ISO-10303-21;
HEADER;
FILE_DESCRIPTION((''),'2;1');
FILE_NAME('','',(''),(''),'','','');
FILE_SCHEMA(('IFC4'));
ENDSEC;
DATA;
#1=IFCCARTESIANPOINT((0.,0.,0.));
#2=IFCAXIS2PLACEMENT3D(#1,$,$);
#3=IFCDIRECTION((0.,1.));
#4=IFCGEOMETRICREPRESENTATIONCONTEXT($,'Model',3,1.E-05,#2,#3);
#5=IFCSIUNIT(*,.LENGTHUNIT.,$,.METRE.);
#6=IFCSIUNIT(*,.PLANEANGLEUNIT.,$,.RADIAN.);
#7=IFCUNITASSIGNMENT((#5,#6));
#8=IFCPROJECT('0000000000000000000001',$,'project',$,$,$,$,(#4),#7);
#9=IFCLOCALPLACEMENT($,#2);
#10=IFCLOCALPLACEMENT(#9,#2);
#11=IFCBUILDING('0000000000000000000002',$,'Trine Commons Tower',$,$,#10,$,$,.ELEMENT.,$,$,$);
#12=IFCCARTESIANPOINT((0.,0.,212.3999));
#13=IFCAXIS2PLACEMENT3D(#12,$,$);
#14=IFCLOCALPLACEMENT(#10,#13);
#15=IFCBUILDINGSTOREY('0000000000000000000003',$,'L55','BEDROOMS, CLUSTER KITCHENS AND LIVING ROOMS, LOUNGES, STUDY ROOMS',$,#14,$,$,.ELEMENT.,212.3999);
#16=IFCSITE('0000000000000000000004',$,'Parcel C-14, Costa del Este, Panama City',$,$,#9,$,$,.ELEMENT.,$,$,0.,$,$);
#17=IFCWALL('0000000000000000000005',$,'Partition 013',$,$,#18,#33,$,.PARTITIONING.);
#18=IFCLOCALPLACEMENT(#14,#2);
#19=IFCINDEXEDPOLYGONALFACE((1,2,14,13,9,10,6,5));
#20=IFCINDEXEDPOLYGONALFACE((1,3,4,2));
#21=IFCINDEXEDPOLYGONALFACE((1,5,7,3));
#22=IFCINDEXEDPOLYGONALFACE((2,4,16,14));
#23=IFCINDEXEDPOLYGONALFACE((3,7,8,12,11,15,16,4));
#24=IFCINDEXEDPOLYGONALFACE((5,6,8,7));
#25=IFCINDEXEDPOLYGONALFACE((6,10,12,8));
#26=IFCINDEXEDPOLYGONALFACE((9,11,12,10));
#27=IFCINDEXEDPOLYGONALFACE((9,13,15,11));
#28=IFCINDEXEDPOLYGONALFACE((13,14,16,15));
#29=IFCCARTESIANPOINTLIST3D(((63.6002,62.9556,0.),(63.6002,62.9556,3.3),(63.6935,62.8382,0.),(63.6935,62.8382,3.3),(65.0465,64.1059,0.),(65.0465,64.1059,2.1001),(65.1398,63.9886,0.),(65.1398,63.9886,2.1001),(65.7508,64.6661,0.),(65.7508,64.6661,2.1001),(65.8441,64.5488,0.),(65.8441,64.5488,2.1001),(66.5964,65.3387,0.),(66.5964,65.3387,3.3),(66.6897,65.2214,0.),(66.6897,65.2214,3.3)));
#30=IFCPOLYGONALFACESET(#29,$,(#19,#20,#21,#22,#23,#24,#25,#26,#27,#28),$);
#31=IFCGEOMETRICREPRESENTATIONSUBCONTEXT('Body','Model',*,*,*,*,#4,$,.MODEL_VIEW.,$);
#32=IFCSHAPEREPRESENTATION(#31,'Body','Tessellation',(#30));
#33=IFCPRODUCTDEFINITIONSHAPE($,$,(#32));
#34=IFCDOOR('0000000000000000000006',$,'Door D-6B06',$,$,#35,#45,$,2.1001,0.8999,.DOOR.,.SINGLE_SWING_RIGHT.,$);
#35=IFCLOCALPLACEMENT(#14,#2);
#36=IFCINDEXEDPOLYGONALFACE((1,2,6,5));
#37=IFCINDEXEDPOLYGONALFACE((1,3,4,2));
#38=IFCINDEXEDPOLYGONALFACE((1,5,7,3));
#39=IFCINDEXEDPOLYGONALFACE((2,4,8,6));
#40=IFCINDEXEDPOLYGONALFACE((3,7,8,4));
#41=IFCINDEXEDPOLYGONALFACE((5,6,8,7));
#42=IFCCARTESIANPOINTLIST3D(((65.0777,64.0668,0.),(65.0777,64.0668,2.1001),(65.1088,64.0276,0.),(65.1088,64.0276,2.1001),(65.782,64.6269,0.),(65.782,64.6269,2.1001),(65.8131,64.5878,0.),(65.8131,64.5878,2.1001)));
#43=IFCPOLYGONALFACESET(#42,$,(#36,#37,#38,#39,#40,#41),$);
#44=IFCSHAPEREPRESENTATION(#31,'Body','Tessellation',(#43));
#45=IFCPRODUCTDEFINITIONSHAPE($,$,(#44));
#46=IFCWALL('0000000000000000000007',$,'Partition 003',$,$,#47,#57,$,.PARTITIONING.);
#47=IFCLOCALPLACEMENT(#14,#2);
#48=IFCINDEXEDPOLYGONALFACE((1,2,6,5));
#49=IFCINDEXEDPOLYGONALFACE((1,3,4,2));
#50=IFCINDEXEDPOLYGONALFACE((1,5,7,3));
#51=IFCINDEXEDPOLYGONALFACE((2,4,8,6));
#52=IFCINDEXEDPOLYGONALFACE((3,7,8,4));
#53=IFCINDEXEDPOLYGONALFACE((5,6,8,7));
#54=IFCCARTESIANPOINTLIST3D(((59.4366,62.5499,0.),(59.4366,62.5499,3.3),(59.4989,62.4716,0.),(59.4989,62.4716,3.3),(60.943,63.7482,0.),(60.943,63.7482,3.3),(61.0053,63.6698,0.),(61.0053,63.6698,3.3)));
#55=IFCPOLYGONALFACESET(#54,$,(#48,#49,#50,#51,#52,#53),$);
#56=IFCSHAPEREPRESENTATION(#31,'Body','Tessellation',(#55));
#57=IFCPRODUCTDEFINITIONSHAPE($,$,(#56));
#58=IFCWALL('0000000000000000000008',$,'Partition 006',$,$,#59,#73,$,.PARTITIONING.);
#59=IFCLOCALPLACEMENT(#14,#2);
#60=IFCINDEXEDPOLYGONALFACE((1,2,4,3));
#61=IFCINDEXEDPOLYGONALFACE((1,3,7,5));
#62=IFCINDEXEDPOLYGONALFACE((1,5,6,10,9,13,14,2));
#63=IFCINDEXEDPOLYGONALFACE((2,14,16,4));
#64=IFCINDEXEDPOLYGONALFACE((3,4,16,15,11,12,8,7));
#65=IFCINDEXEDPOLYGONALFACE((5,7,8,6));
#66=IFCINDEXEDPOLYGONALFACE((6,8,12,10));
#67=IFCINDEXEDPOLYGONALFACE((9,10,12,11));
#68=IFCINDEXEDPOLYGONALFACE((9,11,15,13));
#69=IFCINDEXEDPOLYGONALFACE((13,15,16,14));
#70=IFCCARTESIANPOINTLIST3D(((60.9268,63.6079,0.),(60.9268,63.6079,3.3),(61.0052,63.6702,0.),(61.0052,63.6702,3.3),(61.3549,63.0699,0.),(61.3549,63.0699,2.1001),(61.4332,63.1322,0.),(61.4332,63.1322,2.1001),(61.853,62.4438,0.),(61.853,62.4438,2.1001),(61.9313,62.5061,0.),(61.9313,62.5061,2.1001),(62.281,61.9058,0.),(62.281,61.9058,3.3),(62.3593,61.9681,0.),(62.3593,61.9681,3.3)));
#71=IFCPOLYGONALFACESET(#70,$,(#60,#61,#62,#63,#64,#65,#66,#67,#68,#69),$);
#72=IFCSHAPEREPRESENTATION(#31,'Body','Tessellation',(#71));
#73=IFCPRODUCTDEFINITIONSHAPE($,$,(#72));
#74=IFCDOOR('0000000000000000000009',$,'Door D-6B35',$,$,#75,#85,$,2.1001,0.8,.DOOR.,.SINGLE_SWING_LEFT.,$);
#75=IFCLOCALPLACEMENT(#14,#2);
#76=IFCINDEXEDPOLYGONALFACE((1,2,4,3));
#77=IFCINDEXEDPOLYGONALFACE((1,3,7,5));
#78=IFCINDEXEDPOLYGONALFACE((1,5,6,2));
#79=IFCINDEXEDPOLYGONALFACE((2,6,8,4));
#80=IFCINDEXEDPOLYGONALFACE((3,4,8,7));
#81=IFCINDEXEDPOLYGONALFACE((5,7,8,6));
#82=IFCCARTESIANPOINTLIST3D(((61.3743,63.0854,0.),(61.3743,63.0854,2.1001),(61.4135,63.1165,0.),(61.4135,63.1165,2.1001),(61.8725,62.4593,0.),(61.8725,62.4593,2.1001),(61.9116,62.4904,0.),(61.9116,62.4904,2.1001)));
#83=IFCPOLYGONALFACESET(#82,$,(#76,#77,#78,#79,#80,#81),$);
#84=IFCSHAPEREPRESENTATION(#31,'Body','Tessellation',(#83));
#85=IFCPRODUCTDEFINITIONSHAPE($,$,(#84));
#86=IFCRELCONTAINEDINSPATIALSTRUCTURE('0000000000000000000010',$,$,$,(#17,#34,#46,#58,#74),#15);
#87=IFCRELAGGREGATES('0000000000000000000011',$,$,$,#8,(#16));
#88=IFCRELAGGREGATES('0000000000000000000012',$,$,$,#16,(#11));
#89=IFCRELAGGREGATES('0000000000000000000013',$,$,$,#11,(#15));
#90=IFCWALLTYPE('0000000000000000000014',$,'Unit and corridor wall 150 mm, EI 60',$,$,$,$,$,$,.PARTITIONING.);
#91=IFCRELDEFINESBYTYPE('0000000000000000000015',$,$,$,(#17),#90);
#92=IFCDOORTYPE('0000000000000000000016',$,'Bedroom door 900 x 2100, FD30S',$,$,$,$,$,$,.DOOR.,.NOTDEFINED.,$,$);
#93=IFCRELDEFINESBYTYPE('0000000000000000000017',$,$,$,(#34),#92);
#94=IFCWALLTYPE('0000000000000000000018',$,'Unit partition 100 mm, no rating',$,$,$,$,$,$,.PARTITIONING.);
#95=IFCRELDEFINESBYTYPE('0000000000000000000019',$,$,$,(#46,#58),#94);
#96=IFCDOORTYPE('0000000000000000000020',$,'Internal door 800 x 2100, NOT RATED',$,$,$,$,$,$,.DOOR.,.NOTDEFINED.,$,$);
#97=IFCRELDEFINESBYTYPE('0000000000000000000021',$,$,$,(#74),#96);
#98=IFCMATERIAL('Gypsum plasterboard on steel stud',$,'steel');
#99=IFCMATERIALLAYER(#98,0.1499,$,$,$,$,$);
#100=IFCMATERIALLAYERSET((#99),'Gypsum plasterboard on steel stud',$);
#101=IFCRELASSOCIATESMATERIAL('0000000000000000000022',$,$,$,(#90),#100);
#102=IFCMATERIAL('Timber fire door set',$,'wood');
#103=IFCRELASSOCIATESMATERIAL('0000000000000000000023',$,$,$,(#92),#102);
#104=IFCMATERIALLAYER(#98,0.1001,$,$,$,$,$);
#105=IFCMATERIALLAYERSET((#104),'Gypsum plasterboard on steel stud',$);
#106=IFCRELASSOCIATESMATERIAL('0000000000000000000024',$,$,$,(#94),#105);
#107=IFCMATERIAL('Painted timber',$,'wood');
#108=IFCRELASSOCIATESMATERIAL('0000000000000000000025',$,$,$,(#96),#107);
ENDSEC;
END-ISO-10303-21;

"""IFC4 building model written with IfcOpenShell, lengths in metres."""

from ifc_helpers import new_model, si_unit, direction, frame, frame_2d, origin, place, context, subcontext, project, spatial, rectangle, extrude, material, layer, layer_set, type_object, element, fill, save


model = new_model("IFC4")

# Units and contexts
model_context = context("Model", 3, precision=1e-05, world=origin(), true_north=direction((0.0, 1.0)))
body_context = subcontext(model_context, "Body", "Model", "MODEL_VIEW")
ifc_project = project(units=[si_unit("LENGTHUNIT", "METRE"), si_unit("PLANEANGLEUNIT", "RADIAN")], contexts=[model_context])

# Site, building, storey
site_placement = place(None, origin())
site = spatial("IfcSite", under=ifc_project, at=site_placement, Name="Parcel C-14, Costa del Este, Panama City", CompositionType="ELEMENT", RefElevation=0.0)
building_placement = place(site_placement, origin())
building = spatial("IfcBuilding", under=site, at=building_placement, Name="Trine Commons Tower", CompositionType="ELEMENT")
storey_placement = place(building_placement, frame((0.0, 0.0, 212.3999)))
storey = spatial("IfcBuildingStorey", under=building, at=storey_placement, Name="L55", Description="BEDROOMS, CLUSTER KITCHENS AND LIVING ROOMS, LOUNGES, STUDY ROOMS", CompositionType="ELEMENT", Elevation=212.3999)

# Shared definitions
ifc_material_1 = material(Name="Gypsum plasterboard on steel stud", Category="steel")
ifc_layer_1 = layer(ifc_material_1, 0.1499)
ifc_layer_set_1 = layer_set([ifc_layer_1], Name="Gypsum plasterboard on steel stud")
wall_type_1 = type_object("IfcWallType", Name="Unit and corridor wall 150 mm, EI 60", PredefinedType="PARTITIONING", material=ifc_layer_set_1)
ifc_material_2 = material(Name="Timber fire door set", Category="wood")
door_type_1 = type_object("IfcDoorType", Name="Bedroom door 900 x 2100, FD30S", OperationType="NOTDEFINED", PredefinedType="DOOR", material=ifc_material_2)

# Wall, opening, door
wall_1_placement = place(storey_placement, frame((63.647, 62.897, 0.0), z_axis=(0.0, 0.0, 1.0), x_axis=(0.782626, 0.622492, 0.0)))
wall_1 = element("IfcWall", 1, at=wall_1_placement, inside=storey, type_object=wall_type_1, Name="Partition 013", PredefinedType="PARTITIONING", context=body_context, shape_type="SweptSolid", body=[
    extrude(rectangle(XDim=3.8284, YDim=0.1499, at=frame_2d((1.9141, 0.0))), origin(), (0.0, 0.0, 1.0), 3.3),
])
opening_1_placement = place(wall_1_placement, frame((1.8479, 0.0, 0.0)))
opening_1 = element("IfcOpeningElement", 2, at=opening_1_placement, cuts=wall_1, PredefinedType="OPENING", context=body_context, shape_type="SweptSolid", body=[
    extrude(rectangle(XDim=0.8999, YDim=2.1001, at=frame_2d((0.45, 1.05))), frame((0.0, 0.085, 0.0), z_axis=(0.0, -1.0, 0.0), x_axis=(1.0, 0.0, 0.0)), (0.0, 0.0, 1.0), 0.1699),
])
door_1_placement = place(opening_1_placement, origin())
door_1 = element("IfcDoor", 3, at=door_1_placement, inside=storey, type_object=door_type_1, Name="Door D-6B06", OperationType="SINGLE_SWING_RIGHT", OverallHeight=2.1001, OverallWidth=0.8999, PredefinedType="DOOR", context=body_context, shape_type="SweptSolid", body=[
    extrude(rectangle(XDim=0.8999, YDim=2.1001, at=frame_2d((0.45, 1.05))), frame((0.0, 0.0249, 0.0), z_axis=(0.0, -1.0, 0.0), x_axis=(1.0, 0.0, 0.0)), (0.0, 0.0, 1.0), 0.05),
])
fill(opening_1, door_1)

# Wall
ifc_layer_2 = layer(ifc_material_1, 0.1001)
ifc_layer_set_2 = layer_set([ifc_layer_2], Name="Gypsum plasterboard on steel stud")
wall_type_2 = type_object("IfcWallType", Name="Unit partition 100 mm, no rating", PredefinedType="PARTITIONING", material=ifc_layer_set_2)
wall_2_placement = place(storey_placement, frame((59.4678, 62.5107, 0.0), z_axis=(0.0, 0.0, 1.0), x_axis=(0.782598, 0.622527, 0.0)))
element("IfcWall", 4, at=wall_2_placement, inside=storey, type_object=wall_type_2, Name="Partition 003", PredefinedType="PARTITIONING", context=body_context, shape_type="SweptSolid", body=[
    extrude(rectangle(XDim=1.9248, YDim=0.1001, at=frame_2d((0.9624, 0.0))), origin(), (0.0, 0.0, 1.0), 3.3),
])

# Wall, opening, door
wall_3_placement = place(storey_placement, frame((60.9661, 63.6389, 0.0), z_axis=(0.0, 0.0, 1.0), x_axis=(0.622599, -0.782541, 0.0)))
wall_3 = element("IfcWall", 5, at=wall_3_placement, inside=storey, type_object=wall_type_2, Name="Partition 006", PredefinedType="PARTITIONING", context=body_context, shape_type="SweptSolid", body=[
    extrude(rectangle(XDim=2.175, YDim=0.1001, at=frame_2d((1.0874, 0.0))), origin(), (0.0, 0.0, 1.0), 3.3),
])
opening_2_placement = place(wall_3_placement, frame((0.6875, 0.0, 0.0)))
opening_2 = element("IfcOpeningElement", 6, at=opening_2_placement, cuts=wall_3, PredefinedType="OPENING", context=body_context, shape_type="SweptSolid", body=[
    extrude(rectangle(XDim=0.8, YDim=2.1001, at=frame_2d((0.3999, 1.05))), frame((0.0, 0.0601, 0.0), z_axis=(0.0, -1.0, 0.0), x_axis=(1.0, 0.0, 0.0)), (0.0, 0.0, 1.0), 0.1201),
])
ifc_material_3 = material(Name="Painted timber", Category="wood")
door_type_2 = type_object("IfcDoorType", Name="Internal door 800 x 2100, NOT RATED", OperationType="NOTDEFINED", PredefinedType="DOOR", material=ifc_material_3)
door_2_placement = place(opening_2_placement, origin())
door_2 = element("IfcDoor", 7, at=door_2_placement, inside=storey, type_object=door_type_2, Name="Door D-6B35", OperationType="SINGLE_SWING_LEFT", OverallHeight=2.1001, OverallWidth=0.8, PredefinedType="DOOR", context=body_context, shape_type="SweptSolid", body=[
    extrude(rectangle(XDim=0.8, YDim=2.1001, at=frame_2d((0.3999, 1.05))), frame((0.0, 0.0249, 0.0), z_axis=(0.0, -1.0, 0.0), x_axis=(1.0, 0.0, 0.0)), (0.0, 0.0, 1.0), 0.05),
])
fill(opening_2, door_2)

save(model, "model.ifc")
